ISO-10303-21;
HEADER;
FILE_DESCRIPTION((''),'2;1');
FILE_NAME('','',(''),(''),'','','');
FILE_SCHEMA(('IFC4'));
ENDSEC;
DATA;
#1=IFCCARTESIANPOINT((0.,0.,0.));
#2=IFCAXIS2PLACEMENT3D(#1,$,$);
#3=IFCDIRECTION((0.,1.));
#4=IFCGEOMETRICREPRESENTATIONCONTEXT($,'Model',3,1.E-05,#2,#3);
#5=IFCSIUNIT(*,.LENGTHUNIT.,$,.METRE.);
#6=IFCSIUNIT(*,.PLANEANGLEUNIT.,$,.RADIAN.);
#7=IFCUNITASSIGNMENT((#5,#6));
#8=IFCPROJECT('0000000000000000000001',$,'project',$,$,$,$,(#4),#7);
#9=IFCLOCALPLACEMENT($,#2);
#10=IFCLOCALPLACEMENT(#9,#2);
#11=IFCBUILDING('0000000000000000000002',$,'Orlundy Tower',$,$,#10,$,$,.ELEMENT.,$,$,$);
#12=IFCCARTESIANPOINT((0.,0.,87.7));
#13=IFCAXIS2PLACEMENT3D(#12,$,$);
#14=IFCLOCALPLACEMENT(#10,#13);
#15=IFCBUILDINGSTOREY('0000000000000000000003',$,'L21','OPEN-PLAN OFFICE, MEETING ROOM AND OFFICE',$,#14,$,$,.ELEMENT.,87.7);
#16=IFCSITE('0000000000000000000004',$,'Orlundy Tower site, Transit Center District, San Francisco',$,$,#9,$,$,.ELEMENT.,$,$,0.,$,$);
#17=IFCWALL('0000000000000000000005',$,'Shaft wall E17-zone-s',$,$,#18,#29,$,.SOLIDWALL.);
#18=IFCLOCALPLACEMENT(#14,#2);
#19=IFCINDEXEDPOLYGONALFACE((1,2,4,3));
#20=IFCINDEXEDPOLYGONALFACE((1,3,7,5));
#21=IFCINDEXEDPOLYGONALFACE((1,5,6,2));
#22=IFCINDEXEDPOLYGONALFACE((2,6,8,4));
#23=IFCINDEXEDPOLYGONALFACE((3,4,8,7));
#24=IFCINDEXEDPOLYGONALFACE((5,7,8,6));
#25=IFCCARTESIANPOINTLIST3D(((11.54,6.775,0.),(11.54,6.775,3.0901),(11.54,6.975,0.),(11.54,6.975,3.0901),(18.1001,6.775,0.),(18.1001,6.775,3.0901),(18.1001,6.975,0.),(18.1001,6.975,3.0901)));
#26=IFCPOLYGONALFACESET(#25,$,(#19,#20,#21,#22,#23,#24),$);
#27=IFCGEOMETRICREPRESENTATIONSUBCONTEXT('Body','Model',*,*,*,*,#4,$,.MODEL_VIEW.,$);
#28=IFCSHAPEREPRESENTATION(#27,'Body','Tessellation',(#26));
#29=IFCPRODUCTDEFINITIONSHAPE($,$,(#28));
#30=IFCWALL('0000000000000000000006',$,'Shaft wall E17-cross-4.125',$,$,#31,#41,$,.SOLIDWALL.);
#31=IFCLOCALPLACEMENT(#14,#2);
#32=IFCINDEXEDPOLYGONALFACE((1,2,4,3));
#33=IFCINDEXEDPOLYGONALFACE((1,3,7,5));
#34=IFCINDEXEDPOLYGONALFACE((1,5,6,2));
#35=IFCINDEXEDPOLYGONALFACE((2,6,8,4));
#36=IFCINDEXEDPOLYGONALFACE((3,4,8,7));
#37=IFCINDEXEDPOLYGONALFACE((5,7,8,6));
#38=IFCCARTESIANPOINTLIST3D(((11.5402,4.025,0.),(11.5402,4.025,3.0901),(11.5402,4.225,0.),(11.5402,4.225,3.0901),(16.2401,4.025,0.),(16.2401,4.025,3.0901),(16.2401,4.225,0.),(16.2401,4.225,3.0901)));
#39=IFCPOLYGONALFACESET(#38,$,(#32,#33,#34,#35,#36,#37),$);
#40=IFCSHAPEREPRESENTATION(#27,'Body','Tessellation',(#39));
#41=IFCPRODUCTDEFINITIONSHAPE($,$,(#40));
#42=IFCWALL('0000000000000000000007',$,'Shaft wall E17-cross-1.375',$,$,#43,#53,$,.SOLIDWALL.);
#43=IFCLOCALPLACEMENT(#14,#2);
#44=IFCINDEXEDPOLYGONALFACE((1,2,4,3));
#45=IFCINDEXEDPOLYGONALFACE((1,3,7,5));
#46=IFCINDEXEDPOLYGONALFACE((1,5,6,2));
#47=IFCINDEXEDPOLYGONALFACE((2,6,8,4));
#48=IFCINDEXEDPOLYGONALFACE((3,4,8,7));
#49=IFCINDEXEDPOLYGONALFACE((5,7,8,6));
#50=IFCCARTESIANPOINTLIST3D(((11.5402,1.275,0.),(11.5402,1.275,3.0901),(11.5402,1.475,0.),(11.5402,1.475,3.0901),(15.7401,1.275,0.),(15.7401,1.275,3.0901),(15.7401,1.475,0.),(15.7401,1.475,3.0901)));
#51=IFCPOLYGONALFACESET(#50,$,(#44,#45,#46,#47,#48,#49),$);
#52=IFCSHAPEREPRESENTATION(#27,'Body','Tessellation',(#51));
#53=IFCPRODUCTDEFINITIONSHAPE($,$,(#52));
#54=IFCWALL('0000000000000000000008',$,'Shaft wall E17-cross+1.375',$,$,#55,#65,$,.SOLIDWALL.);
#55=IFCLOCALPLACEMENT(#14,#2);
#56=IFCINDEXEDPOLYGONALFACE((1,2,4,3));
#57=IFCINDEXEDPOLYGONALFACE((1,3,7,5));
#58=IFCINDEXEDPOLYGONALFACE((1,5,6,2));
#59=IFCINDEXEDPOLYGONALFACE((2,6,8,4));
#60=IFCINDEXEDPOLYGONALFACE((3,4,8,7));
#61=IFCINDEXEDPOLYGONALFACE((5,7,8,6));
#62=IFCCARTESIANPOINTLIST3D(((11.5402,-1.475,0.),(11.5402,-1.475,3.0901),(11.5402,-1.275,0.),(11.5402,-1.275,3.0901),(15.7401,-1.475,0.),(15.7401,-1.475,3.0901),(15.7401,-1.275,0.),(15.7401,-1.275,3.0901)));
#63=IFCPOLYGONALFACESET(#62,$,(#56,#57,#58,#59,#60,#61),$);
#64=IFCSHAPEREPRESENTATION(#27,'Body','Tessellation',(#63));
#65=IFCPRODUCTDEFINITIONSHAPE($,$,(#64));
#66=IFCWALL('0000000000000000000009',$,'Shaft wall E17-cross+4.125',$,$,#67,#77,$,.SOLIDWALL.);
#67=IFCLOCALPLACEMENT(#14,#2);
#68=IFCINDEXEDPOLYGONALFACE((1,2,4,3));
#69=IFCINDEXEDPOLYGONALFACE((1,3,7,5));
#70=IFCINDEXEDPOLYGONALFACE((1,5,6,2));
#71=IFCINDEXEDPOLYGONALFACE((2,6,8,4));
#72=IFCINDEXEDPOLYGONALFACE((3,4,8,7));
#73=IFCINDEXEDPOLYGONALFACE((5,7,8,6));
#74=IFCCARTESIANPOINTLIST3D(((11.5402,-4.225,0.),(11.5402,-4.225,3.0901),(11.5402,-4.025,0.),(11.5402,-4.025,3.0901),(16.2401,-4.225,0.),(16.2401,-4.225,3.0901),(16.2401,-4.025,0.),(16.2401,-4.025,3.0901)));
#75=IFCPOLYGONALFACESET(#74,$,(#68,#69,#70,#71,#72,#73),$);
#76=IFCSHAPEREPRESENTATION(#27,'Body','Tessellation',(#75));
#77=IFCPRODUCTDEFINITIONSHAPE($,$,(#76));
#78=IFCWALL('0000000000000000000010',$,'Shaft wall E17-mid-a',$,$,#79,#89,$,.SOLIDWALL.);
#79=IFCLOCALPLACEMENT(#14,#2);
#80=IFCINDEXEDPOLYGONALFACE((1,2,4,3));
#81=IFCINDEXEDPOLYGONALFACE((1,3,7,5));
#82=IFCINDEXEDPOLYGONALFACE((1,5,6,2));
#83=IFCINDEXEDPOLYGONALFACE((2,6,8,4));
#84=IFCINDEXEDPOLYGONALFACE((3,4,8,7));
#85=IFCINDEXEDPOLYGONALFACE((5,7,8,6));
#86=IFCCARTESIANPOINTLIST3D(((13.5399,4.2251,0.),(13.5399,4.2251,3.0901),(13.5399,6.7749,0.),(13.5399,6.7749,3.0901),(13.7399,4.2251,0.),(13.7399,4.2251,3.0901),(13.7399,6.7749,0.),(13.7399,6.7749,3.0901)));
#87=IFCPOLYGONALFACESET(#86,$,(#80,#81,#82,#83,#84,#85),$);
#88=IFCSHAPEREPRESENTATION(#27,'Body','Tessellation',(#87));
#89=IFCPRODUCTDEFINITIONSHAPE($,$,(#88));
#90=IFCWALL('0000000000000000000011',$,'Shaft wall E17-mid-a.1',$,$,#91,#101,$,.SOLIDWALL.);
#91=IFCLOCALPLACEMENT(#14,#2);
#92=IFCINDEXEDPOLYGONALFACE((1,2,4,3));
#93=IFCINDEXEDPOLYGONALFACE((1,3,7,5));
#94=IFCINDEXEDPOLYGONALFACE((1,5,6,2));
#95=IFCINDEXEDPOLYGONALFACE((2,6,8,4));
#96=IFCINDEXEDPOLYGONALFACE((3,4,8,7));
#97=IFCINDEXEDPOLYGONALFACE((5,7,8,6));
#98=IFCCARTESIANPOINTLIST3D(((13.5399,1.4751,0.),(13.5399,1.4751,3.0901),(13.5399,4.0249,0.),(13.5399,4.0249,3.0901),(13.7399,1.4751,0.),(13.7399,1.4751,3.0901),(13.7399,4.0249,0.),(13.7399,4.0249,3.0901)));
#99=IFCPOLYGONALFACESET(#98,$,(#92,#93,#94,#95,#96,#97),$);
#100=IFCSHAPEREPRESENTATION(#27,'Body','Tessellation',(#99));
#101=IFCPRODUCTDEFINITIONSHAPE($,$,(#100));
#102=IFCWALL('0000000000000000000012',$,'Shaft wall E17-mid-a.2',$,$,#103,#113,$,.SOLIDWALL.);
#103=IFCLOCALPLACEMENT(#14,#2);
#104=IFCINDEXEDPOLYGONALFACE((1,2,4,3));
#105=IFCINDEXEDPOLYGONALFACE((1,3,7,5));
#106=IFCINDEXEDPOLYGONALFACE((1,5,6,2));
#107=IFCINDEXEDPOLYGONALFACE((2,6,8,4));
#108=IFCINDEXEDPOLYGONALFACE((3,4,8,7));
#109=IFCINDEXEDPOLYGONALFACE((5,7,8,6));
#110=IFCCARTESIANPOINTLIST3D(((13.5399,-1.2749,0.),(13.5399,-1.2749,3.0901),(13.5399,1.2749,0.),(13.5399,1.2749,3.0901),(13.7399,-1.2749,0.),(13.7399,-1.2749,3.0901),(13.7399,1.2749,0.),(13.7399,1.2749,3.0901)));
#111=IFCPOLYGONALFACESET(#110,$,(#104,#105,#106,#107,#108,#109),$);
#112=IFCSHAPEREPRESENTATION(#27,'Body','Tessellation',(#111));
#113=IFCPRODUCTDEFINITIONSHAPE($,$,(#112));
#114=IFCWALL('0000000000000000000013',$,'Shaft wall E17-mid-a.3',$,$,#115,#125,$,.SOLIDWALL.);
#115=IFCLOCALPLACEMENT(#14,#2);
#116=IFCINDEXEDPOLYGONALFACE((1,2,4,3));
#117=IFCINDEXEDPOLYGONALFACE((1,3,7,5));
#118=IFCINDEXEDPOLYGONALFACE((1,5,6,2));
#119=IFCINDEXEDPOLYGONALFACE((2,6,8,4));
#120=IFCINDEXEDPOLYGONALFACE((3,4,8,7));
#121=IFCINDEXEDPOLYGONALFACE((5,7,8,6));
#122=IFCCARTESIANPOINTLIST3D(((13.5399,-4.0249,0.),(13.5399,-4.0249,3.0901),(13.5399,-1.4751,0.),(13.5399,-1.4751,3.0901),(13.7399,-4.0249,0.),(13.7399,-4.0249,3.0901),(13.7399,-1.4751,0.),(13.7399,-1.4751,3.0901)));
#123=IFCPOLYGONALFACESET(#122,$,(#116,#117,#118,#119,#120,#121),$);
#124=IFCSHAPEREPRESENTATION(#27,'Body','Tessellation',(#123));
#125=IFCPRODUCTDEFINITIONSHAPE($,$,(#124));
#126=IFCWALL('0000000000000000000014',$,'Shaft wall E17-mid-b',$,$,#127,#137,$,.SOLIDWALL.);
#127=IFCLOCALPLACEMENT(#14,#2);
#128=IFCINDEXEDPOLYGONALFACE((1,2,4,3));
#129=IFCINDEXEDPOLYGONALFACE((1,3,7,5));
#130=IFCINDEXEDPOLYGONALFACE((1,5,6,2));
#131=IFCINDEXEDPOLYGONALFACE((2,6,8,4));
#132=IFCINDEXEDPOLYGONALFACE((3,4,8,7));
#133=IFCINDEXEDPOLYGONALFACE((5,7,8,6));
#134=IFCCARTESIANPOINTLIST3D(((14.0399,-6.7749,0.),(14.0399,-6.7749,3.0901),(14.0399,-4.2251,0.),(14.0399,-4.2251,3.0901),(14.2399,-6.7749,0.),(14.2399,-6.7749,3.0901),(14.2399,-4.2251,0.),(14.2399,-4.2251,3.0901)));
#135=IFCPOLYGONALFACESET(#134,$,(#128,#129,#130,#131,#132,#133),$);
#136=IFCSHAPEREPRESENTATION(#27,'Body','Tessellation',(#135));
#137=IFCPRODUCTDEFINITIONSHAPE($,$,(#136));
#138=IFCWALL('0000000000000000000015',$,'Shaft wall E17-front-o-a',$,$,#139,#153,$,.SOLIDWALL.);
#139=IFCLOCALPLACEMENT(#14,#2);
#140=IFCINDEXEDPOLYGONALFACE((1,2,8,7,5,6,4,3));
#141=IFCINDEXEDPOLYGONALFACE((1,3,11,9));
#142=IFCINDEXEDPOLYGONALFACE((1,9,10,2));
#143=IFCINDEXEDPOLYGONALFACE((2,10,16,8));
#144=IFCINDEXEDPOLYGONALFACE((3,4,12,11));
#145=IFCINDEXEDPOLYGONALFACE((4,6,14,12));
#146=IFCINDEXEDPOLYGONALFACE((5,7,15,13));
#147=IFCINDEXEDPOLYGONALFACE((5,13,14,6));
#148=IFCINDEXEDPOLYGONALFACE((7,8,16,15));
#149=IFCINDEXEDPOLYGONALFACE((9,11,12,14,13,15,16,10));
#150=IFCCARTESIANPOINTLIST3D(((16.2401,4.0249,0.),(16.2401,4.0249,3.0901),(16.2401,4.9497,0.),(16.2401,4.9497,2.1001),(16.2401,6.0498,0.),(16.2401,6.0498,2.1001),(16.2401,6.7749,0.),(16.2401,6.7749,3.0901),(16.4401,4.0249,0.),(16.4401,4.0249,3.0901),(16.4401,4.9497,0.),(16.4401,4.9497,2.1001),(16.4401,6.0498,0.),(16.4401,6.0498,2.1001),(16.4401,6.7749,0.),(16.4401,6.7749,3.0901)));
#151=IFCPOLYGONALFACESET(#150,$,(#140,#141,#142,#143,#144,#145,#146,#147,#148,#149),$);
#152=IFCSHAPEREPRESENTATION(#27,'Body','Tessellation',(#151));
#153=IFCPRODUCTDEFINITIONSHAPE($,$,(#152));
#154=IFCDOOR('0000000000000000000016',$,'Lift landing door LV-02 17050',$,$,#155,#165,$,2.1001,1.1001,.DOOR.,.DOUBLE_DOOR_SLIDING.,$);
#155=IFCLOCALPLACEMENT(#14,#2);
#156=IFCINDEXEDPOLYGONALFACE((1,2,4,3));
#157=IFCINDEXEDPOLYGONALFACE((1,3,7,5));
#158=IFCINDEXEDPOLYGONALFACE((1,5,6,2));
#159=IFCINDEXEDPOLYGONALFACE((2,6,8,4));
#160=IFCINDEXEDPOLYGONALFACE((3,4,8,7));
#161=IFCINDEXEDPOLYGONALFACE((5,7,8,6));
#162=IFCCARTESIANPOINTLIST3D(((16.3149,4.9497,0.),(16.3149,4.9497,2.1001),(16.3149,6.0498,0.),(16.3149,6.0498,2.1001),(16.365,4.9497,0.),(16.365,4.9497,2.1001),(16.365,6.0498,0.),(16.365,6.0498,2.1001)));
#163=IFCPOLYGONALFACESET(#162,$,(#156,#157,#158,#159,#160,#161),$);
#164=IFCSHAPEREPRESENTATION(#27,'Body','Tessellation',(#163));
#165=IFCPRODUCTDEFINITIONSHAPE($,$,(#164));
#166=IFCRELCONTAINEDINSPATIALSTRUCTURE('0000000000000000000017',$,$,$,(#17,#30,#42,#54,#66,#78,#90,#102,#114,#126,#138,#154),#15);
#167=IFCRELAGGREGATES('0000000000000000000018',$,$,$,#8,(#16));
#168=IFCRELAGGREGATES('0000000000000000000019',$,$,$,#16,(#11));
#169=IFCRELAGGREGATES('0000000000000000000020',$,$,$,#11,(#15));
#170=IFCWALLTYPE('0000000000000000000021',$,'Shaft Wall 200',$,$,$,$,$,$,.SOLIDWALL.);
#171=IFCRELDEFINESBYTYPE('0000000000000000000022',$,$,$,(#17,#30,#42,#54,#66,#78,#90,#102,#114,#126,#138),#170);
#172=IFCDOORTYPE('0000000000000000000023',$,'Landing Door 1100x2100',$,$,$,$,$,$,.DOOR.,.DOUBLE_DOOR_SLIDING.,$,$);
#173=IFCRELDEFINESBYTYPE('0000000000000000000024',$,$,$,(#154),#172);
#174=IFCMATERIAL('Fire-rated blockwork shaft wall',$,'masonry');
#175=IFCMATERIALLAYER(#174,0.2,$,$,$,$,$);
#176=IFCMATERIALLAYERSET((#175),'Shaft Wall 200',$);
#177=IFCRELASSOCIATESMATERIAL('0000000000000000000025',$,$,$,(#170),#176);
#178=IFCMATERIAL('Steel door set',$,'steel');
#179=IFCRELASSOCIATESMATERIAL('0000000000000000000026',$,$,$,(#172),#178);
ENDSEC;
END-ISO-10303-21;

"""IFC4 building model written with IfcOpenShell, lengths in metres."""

from ifc_helpers import new_model, si_unit, direction, frame, frame_2d, origin, place, context, subcontext, project, spatial, rectangle, extrude, material, layer, layer_set, type_object, element, fill, save


model = new_model("IFC4")

# Units and contexts
model_context = context("Model", 3, precision=1e-05, world=origin(), true_north=direction((0.0, 1.0)))
body_context = subcontext(model_context, "Body", "Model", "MODEL_VIEW")
ifc_project = project(units=[si_unit("LENGTHUNIT", "METRE"), si_unit("PLANEANGLEUNIT", "RADIAN")], contexts=[model_context])

# Site, building, storey
site_placement = place(None, origin())
site = spatial("IfcSite", under=ifc_project, at=site_placement, Name="Orlundy Tower site, Transit Center District, San Francisco", CompositionType="ELEMENT", RefElevation=0.0)
building_placement = place(site_placement, origin())
building = spatial("IfcBuilding", under=site, at=building_placement, Name="Orlundy Tower", CompositionType="ELEMENT")
storey_placement = place(building_placement, frame((0.0, 0.0, 87.7)))
storey = spatial("IfcBuildingStorey", under=building, at=storey_placement, Name="L21", Description="OPEN-PLAN OFFICE, MEETING ROOM AND OFFICE", CompositionType="ELEMENT", Elevation=87.7)

# Walls
ifc_material_1 = material(Name="Fire-rated blockwork shaft wall", Category="masonry")
ifc_layer = layer(ifc_material_1, 0.2)
ifc_layer_set = layer_set([ifc_layer], Name="Shaft Wall 200")
wall_type = type_object("IfcWallType", Name="Shaft Wall 200", PredefinedType="SOLIDWALL", material=ifc_layer_set)
wall_1_placement = place(storey_placement, frame((11.54, 6.875, 0.0), z_axis=(0.0, 0.0, 1.0), x_axis=(1.0, 0.0, 0.0)))
element("IfcWall", 1, at=wall_1_placement, inside=storey, type_object=wall_type, Name="Shaft wall E17-zone-s", PredefinedType="SOLIDWALL", context=body_context, shape_type="SweptSolid", body=[
    extrude(rectangle(XDim=6.5601, YDim=0.2, at=frame_2d((3.28, 0.0))), origin(), (0.0, 0.0, 1.0), 3.0901),
])
wall_2_placement = place(storey_placement, frame((11.54, 4.125, 0.0), z_axis=(0.0, 0.0, 1.0), x_axis=(1.0, 0.0, 0.0)))
element("IfcWall", 2, at=wall_2_placement, inside=storey, type_object=wall_type, Name="Shaft wall E17-cross-4.125", PredefinedType="SOLIDWALL", context=body_context, shape_type="SweptSolid", body=[
    extrude(rectangle(XDim=4.7, YDim=0.2, at=frame_2d((2.3501, 0.0))), origin(), (0.0, 0.0, 1.0), 3.0901),
])
for number, where, z_axis, x_axis, name in (
    (3, (11.54, 1.375, 0.0), (0.0, 0.0, 1.0), (1.0, 0.0, 0.0), "Shaft wall E17-cross-1.375"),
    (4, (11.54, -1.375, 0.0), (0.0, 0.0, 1.0), (1.0, 0.0, 0.0), "Shaft wall E17-cross+1.375"),
):
    element("IfcWall", number, at=place(storey_placement, frame(where, z_axis=z_axis, x_axis=x_axis)), inside=storey, type_object=wall_type, Name=name, PredefinedType="SOLIDWALL", context=body_context, shape_type="SweptSolid", body=[
        extrude(rectangle(XDim=4.2, YDim=0.2, at=frame_2d((2.1001, 0.0))), origin(), (0.0, 0.0, 1.0), 3.0901),
    ])
wall_3_placement = place(storey_placement, frame((11.54, -4.125, 0.0), z_axis=(0.0, 0.0, 1.0), x_axis=(1.0, 0.0, 0.0)))
element("IfcWall", 5, at=wall_3_placement, inside=storey, type_object=wall_type, Name="Shaft wall E17-cross+4.125", PredefinedType="SOLIDWALL", context=body_context, shape_type="SweptSolid", body=[
    extrude(rectangle(XDim=4.7, YDim=0.2, at=frame_2d((2.3501, 0.0))), origin(), (0.0, 0.0, 1.0), 3.0901),
])
for number, where, z_axis, x_axis, name in (
    (6, (13.6399, 6.7749, 0.0), (0.0, 0.0, 1.0), (0.0, -1.0, 0.0), "Shaft wall E17-mid-a"),
    (7, (13.6399, 4.0249, 0.0), (0.0, 0.0, 1.0), (0.0, -1.0, 0.0), "Shaft wall E17-mid-a.1"),
    (8, (13.6399, 1.2749, 0.0), (0.0, 0.0, 1.0), (0.0, -1.0, 0.0), "Shaft wall E17-mid-a.2"),
    (9, (13.6399, -1.4751, 0.0), (0.0, 0.0, 1.0), (0.0, -1.0, 0.0), "Shaft wall E17-mid-a.3"),
    (10, (14.1399, -4.2251, 0.0), (0.0, 0.0, 1.0), (0.0, -1.0, 0.0), "Shaft wall E17-mid-b"),
):
    element("IfcWall", number, at=place(storey_placement, frame(where, z_axis=z_axis, x_axis=x_axis)), inside=storey, type_object=wall_type, Name=name, PredefinedType="SOLIDWALL", context=body_context, shape_type="SweptSolid", body=[
        extrude(rectangle(XDim=2.5498, YDim=0.2, at=frame_2d((1.2749, 0.0))), origin(), (0.0, 0.0, 1.0), 3.0901),
    ])

# Wall, opening, door
wall_4_placement = place(storey_placement, frame((16.3401, 6.7749, 0.0), z_axis=(0.0, 0.0, 1.0), x_axis=(0.0, -1.0, 0.0)))
wall_4 = element("IfcWall", 11, at=wall_4_placement, inside=storey, type_object=wall_type, Name="Shaft wall E17-front-o-a", PredefinedType="SOLIDWALL", context=body_context, shape_type="SweptSolid", body=[
    extrude(rectangle(XDim=2.75, YDim=0.2, at=frame_2d((1.375, 0.0))), origin(), (0.0, 0.0, 1.0), 3.0901),
])
opening_1_placement = place(wall_4_placement, frame((0.7251, 0.0, 0.0)))
opening_1 = element("IfcOpeningElement", 12, at=opening_1_placement, cuts=wall_4, PredefinedType="OPENING", context=body_context, shape_type="SweptSolid", body=[
    extrude(rectangle(XDim=1.1001, YDim=2.1001, at=frame_2d((0.55, 1.05))), frame((0.0, 0.1101, 0.0), z_axis=(0.0, -1.0, 0.0), x_axis=(1.0, 0.0, 0.0)), (0.0, 0.0, 1.0), 0.2202),
])
ifc_material_2 = material(Name="Steel door set", Category="steel")
door_type = type_object("IfcDoorType", Name="Landing Door 1100x2100", OperationType="DOUBLE_DOOR_SLIDING", PredefinedType="DOOR", material=ifc_material_2)
door_1_placement = place(opening_1_placement, origin())
door_1 = element("IfcDoor", 13, at=door_1_placement, inside=storey, type_object=door_type, Name="Lift landing door LV-02 17050", OperationType="DOUBLE_DOOR_SLIDING", OverallHeight=2.1001, OverallWidth=1.1001, PredefinedType="DOOR", context=body_context, shape_type="SweptSolid", body=[
    extrude(rectangle(XDim=1.1001, YDim=2.1001, at=frame_2d((0.55, 1.05))), frame((0.0, 0.0249, 0.0), z_axis=(0.0, -1.0, 0.0), x_axis=(1.0, 0.0, 0.0)), (0.0, 0.0, 1.0), 0.05),
])
fill(opening_1, door_1)

save(model, "model.ifc")
